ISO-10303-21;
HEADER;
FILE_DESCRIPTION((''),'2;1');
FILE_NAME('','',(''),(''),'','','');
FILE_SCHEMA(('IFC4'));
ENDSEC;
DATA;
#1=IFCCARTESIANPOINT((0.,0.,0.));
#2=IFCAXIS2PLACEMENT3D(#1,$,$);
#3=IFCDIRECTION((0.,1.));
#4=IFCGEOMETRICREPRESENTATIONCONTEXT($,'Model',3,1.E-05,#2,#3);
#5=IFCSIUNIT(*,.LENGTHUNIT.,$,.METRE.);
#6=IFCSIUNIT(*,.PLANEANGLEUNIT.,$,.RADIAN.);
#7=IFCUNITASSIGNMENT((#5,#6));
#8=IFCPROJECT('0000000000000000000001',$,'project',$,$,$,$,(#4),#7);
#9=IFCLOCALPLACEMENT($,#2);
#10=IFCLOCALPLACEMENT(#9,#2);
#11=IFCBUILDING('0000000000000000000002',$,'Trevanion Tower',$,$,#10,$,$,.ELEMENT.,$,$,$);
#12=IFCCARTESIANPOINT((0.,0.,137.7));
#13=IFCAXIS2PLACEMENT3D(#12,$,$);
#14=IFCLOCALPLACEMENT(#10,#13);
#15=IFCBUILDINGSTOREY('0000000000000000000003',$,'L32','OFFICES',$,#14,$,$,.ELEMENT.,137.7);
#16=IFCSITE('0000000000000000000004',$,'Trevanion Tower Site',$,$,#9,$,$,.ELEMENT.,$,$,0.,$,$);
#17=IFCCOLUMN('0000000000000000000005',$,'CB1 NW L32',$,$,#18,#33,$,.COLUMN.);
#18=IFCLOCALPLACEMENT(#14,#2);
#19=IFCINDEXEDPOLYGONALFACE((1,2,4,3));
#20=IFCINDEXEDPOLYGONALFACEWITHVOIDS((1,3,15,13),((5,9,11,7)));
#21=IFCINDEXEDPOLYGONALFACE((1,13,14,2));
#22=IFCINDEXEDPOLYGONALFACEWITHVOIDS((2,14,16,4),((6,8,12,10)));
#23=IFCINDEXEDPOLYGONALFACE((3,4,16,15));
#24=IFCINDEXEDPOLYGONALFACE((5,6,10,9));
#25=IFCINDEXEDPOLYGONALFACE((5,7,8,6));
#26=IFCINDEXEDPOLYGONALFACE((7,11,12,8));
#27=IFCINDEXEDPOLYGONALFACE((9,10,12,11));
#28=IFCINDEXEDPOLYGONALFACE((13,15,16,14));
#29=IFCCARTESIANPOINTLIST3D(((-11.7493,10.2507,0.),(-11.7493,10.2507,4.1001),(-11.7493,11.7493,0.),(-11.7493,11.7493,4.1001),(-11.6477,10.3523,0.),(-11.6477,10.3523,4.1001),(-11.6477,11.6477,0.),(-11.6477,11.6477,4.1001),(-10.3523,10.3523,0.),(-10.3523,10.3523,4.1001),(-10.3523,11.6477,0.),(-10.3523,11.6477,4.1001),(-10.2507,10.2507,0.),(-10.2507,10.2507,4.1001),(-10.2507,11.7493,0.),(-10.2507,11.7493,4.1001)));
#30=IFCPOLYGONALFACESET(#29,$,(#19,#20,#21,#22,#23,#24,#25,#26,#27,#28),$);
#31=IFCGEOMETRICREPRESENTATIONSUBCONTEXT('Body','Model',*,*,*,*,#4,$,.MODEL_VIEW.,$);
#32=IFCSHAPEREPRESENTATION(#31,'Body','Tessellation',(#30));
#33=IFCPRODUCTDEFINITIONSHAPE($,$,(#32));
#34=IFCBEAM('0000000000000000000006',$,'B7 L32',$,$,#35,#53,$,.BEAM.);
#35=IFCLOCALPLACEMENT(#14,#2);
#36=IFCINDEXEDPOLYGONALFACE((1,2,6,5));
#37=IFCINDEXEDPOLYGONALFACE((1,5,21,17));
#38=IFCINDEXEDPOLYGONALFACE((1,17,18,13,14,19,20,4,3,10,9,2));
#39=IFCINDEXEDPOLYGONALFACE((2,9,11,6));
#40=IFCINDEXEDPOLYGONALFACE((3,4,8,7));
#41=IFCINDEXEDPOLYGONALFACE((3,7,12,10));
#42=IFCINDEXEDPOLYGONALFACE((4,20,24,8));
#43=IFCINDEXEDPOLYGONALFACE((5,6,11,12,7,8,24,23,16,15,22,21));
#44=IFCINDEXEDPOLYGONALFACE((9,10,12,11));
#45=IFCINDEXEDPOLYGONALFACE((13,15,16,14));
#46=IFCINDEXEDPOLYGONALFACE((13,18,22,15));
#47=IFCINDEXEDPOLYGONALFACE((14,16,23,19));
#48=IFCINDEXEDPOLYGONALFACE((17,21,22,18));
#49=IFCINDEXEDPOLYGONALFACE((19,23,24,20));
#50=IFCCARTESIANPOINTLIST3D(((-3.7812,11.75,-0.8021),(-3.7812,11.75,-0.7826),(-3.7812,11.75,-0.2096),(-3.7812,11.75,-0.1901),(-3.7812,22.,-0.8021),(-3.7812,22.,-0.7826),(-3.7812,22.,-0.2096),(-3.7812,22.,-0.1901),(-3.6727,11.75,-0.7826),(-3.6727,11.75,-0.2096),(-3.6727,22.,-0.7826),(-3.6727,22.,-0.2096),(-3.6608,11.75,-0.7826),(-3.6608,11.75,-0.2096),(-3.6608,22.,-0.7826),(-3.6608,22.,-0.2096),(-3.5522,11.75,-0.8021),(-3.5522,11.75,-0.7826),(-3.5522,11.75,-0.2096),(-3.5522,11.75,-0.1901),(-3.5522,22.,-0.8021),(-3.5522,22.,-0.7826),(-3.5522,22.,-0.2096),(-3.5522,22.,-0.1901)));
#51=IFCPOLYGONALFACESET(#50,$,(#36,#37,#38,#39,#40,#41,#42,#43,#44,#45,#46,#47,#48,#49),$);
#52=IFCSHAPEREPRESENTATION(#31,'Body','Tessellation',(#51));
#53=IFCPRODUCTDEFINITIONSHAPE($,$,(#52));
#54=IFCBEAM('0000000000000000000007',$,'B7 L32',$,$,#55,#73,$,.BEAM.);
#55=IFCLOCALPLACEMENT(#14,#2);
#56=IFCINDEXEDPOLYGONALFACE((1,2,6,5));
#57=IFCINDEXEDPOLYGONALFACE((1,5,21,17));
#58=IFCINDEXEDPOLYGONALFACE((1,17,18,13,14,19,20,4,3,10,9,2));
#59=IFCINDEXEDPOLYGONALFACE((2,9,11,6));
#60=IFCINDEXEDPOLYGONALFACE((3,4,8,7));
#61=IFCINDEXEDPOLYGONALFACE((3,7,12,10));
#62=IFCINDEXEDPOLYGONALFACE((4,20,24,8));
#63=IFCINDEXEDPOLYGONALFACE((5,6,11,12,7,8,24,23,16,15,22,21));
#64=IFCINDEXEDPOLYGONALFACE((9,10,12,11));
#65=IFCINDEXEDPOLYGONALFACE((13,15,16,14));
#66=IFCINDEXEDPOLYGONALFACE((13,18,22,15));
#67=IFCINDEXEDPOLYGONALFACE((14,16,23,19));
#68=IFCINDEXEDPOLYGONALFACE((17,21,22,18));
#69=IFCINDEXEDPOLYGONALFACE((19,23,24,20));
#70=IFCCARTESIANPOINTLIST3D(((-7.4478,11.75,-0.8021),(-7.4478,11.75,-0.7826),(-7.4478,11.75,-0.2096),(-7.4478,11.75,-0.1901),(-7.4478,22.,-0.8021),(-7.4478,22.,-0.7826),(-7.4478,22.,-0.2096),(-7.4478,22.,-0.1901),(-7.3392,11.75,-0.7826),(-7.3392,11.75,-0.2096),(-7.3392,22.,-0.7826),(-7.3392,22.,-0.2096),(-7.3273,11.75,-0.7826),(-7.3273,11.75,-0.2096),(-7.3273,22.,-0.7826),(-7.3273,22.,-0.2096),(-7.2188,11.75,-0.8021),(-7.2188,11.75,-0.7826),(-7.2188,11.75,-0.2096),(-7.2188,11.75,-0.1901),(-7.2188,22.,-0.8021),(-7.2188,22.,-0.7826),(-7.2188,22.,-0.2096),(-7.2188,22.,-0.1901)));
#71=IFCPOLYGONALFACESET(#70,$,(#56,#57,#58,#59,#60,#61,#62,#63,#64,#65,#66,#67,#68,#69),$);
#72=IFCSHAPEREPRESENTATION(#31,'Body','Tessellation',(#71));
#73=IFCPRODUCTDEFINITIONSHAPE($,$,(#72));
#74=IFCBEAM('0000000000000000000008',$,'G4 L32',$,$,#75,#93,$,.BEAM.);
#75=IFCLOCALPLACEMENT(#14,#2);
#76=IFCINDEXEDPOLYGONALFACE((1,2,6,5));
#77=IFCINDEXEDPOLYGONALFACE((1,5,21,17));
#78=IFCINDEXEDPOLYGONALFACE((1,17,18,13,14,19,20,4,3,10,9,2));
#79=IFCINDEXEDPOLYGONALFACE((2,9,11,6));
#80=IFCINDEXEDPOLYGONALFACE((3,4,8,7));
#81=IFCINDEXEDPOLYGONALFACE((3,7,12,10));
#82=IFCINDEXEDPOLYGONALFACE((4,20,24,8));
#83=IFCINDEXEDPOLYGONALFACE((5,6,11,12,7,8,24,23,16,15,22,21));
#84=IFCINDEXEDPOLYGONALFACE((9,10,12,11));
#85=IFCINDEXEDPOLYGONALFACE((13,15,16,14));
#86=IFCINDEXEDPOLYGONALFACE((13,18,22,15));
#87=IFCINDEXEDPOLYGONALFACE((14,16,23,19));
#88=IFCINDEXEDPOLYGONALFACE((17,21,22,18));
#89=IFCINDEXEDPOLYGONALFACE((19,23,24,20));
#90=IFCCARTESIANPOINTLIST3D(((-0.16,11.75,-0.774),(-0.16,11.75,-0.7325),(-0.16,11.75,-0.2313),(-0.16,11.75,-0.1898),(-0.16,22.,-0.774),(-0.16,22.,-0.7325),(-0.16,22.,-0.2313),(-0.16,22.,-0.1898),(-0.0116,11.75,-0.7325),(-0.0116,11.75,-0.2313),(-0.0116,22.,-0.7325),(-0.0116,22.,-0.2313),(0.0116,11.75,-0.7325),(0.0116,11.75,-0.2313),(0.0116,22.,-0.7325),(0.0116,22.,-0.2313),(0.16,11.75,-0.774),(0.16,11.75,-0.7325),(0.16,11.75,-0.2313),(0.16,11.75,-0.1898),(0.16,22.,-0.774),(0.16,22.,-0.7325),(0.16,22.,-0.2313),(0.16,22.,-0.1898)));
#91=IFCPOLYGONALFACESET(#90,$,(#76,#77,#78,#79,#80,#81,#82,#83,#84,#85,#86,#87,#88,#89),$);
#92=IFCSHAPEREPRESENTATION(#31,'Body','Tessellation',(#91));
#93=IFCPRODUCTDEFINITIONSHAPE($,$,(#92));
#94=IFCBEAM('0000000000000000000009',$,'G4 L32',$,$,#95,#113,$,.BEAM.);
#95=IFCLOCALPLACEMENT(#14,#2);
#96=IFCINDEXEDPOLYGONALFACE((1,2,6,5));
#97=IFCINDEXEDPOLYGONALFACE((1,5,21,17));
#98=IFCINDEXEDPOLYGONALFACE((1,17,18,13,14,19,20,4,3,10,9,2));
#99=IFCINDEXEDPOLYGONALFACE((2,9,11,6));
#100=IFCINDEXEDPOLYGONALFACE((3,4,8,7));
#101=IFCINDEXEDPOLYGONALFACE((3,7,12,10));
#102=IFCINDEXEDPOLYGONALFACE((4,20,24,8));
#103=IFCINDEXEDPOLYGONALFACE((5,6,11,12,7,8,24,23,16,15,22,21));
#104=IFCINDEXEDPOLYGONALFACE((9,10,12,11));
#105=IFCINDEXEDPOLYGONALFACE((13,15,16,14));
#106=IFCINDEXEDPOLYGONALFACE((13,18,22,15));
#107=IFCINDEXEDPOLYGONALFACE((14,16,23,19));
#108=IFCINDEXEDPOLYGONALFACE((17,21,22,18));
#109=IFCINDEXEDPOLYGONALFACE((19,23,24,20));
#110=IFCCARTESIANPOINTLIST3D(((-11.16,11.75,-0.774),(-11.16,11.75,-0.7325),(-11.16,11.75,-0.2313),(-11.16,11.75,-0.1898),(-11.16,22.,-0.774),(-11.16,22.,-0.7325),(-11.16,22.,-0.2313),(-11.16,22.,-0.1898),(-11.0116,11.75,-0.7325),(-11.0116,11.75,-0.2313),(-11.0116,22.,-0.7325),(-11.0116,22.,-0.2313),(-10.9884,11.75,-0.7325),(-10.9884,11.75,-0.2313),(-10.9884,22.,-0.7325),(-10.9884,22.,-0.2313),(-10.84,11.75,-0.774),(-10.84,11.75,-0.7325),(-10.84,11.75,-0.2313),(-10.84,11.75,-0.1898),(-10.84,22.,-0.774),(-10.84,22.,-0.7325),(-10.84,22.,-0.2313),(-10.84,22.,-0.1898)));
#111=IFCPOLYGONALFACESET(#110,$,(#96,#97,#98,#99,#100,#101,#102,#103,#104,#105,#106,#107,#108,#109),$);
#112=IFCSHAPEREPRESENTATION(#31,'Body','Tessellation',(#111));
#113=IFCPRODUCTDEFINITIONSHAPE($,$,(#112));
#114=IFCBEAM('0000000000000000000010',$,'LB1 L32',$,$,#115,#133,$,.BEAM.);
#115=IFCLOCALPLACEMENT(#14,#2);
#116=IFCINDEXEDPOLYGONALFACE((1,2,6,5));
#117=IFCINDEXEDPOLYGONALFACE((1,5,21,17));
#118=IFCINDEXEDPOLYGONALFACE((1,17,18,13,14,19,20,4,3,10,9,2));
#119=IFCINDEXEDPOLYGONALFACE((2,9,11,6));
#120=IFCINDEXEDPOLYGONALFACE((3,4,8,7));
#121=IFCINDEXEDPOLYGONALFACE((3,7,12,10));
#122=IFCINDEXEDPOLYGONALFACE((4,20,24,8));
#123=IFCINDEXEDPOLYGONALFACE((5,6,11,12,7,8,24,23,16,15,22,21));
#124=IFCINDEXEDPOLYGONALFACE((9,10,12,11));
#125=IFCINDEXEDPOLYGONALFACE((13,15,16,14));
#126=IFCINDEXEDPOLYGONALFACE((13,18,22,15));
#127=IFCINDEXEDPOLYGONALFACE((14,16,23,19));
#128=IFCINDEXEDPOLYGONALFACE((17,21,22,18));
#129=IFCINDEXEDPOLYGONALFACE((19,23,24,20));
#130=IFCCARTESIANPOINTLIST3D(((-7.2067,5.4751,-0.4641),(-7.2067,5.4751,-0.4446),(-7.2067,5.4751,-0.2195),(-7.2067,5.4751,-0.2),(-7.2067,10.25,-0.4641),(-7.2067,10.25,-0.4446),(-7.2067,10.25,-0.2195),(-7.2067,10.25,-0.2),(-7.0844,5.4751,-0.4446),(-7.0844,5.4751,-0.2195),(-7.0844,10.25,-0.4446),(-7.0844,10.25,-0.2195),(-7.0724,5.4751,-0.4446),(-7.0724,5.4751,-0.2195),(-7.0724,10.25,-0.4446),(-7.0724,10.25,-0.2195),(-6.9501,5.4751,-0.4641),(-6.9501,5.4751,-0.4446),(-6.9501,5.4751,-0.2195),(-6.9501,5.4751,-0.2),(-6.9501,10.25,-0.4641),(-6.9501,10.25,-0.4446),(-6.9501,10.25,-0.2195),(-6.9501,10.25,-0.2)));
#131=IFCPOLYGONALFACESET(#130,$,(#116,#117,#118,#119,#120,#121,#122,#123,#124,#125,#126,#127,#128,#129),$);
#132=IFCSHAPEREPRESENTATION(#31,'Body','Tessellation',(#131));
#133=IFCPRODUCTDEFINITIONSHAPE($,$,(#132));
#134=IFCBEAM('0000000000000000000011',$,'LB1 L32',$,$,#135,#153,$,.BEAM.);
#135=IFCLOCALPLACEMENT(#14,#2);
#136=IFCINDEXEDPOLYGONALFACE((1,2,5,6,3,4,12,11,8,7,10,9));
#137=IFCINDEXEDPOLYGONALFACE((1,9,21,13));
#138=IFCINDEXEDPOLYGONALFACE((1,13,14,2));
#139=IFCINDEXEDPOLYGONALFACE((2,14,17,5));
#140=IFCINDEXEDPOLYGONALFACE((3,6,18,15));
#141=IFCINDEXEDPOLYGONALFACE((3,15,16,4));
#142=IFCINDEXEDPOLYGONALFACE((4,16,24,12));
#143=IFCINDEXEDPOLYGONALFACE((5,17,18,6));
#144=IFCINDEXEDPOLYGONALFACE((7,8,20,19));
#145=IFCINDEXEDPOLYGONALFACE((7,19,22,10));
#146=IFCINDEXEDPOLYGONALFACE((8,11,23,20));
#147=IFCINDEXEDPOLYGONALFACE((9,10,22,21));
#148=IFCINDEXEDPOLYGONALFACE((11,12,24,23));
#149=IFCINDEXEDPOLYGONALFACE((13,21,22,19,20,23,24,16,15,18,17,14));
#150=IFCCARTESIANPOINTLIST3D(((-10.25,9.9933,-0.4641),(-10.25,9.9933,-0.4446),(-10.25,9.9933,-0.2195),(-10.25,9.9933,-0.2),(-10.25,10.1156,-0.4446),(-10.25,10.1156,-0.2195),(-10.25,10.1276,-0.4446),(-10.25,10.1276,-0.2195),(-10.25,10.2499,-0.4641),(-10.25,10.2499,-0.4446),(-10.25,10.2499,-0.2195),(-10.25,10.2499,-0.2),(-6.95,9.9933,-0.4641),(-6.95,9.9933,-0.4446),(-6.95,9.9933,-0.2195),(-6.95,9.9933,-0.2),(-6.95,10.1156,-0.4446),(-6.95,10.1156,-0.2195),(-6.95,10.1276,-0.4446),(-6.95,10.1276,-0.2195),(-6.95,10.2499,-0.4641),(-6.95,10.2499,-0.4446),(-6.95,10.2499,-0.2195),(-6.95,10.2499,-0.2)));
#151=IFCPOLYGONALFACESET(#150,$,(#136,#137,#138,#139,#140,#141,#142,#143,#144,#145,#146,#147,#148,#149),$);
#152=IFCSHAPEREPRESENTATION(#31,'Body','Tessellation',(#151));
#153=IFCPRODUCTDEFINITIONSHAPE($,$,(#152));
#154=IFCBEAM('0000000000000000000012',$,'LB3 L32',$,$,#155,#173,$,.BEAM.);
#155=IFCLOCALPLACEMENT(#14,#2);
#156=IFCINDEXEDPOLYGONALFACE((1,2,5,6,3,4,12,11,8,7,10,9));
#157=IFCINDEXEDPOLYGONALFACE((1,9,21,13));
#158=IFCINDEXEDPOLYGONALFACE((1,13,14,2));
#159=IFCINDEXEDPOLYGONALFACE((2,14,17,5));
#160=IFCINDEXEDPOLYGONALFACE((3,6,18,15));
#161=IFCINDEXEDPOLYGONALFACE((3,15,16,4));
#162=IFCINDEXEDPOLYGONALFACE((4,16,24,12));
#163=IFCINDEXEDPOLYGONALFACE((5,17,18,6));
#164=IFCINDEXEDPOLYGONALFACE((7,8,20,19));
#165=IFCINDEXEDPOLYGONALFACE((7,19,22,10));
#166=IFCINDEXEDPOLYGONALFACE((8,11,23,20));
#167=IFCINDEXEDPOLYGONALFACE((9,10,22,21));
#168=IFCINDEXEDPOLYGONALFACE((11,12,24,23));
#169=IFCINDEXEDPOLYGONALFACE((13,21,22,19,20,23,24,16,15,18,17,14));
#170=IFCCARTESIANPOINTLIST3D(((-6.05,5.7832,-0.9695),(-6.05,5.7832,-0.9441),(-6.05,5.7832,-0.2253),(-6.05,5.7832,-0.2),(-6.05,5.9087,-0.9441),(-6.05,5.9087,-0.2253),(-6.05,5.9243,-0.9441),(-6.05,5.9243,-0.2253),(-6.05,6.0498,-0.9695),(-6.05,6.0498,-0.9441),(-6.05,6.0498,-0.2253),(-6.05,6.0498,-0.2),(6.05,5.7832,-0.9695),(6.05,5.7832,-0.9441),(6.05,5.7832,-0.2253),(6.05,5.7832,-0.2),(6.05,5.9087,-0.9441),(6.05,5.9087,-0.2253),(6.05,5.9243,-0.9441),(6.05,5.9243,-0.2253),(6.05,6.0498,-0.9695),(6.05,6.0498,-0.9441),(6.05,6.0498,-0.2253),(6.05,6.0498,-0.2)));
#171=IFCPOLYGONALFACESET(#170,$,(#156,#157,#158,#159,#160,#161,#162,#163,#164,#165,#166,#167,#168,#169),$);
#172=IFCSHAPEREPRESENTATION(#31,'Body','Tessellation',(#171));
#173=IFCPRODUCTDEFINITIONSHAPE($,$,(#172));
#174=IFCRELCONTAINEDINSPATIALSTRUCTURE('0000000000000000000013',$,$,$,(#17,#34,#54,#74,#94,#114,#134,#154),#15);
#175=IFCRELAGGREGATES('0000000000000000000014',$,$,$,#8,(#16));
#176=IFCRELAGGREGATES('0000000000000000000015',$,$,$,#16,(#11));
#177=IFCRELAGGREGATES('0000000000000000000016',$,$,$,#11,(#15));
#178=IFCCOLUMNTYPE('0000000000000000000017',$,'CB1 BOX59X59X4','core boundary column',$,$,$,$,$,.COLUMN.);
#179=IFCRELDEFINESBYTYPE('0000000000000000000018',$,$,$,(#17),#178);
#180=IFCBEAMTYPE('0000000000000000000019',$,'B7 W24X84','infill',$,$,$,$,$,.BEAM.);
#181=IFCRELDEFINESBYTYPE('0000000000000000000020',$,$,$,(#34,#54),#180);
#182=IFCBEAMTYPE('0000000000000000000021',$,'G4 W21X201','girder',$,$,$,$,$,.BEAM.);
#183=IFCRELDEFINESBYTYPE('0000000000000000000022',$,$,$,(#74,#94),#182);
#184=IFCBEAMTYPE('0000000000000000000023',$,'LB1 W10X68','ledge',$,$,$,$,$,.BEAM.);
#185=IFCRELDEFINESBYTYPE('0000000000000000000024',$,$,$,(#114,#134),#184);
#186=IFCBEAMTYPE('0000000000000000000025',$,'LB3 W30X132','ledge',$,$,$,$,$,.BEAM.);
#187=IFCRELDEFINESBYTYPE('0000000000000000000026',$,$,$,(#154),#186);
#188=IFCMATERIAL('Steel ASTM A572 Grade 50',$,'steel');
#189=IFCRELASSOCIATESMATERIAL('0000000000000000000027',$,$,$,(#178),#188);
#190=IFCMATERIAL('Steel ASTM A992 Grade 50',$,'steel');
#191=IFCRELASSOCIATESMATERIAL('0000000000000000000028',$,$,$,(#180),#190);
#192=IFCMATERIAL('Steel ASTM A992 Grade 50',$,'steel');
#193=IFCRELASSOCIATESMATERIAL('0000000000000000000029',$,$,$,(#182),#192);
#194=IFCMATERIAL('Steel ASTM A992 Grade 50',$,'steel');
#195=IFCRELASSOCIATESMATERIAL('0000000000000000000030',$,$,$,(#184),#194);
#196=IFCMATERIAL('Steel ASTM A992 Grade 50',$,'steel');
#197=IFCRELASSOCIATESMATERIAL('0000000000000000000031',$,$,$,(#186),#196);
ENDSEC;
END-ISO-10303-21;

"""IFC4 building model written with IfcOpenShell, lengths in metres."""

from ifc_helpers import new_model, si_unit, direction, frame, origin, origin_2d, place, context, subcontext, project, spatial, hollow_rectangle, i_section, extrude, material, material_profile, profile_set, type_object, element, save


model = new_model("IFC4")

# Units and contexts
model_context = context("Model", 3, precision=1e-05, world=origin(), true_north=direction((0.0, 1.0)))
body_context = subcontext(model_context, "Body", "Model", "MODEL_VIEW")
ifc_project = project(units=[si_unit("LENGTHUNIT", "METRE"), si_unit("PLANEANGLEUNIT", "RADIAN")], contexts=[model_context])

# Site, building, storey
site_placement = place(None, origin())
site = spatial("IfcSite", under=ifc_project, at=site_placement, Name="Trevanion Tower Site", CompositionType="ELEMENT", RefElevation=0.0)
building_placement = place(site_placement, origin())
building = spatial("IfcBuilding", under=site, at=building_placement, Name="Trevanion Tower", CompositionType="ELEMENT")
storey_placement = place(building_placement, frame((0.0, 0.0, 137.7)))
storey = spatial("IfcBuildingStorey", under=building, at=storey_placement, Name="L32", Description="OFFICES", CompositionType="ELEMENT", Elevation=137.7)

# Column
ifc_material_1 = material(Name="Steel ASTM A572 Grade 50", Category="steel")
ifc_material_profile_1 = material_profile(ifc_material_1, hollow_rectangle(XDim=1.4985, YDim=1.4985, WallThickness=0.1016, at=origin_2d()), Name="BOX59X59X4")
ifc_profile_set_1 = profile_set([ifc_material_profile_1], Name="Steel ASTM A572 Grade 50")
column_type = type_object("IfcColumnType", Name="CB1 BOX59X59X4", Description="core boundary column", PredefinedType="COLUMN", material=ifc_profile_set_1)
column_placement = place(storey_placement, frame((-11.0, 11.0, 0.0), z_axis=(0.0, 0.0, 1.0), x_axis=(1.0, 0.0, 0.0)))
element("IfcColumn", 1, at=column_placement, inside=storey, type_object=column_type, Name="CB1 NW L32", PredefinedType="COLUMN", context=body_context, shape_type="SweptSolid", body=[
    extrude(hollow_rectangle(XDim=1.4985, YDim=1.4985, WallThickness=0.1016, at=origin_2d()), origin(), (0.0, 0.0, 1.0), 4.1001),
])

# Beams
ifc_material_2 = material(Name="Steel ASTM A992 Grade 50", Category="steel")
ifc_material_profile_2 = material_profile(ifc_material_2, i_section(OverallWidth=0.229, OverallDepth=0.6121, WebThickness=0.012, FlangeThickness=0.0195, at=origin_2d()), Name="W24X84")
ifc_profile_set_2 = profile_set([ifc_material_profile_2], Name="Steel ASTM A992 Grade 50")
beam_type_1 = type_object("IfcBeamType", Name="B7 W24X84", Description="infill", PredefinedType="BEAM", material=ifc_profile_set_2)
for number, where, z_axis, x_axis, name in (
    (2, (-3.6667, 11.75, -0.4961), (0.0, 1.0, 0.0), (-1.0, 0.0, 0.0), "B7 L32"),
    (3, (-7.3333, 11.75, -0.4961), (0.0, 1.0, 0.0), (-1.0, 0.0, 0.0), "B7 L32"),
):
    element("IfcBeam", number, at=place(storey_placement, frame(where, z_axis=z_axis, x_axis=x_axis)), inside=storey, type_object=beam_type_1, Name=name, PredefinedType="BEAM", context=body_context, shape_type="SweptSolid", body=[
        extrude(i_section(OverallWidth=0.229, OverallDepth=0.6121, WebThickness=0.012, FlangeThickness=0.0195, at=origin_2d()), origin(), (0.0, 0.0, 1.0), 10.25),
    ])
ifc_material_3 = material(Name="Steel ASTM A992 Grade 50", Category="steel")
ifc_material_profile_3 = material_profile(ifc_material_3, i_section(OverallWidth=0.3201, OverallDepth=0.5842, WebThickness=0.0232, FlangeThickness=0.0415, at=origin_2d()), Name="W21X201")
ifc_profile_set_3 = profile_set([ifc_material_profile_3], Name="Steel ASTM A992 Grade 50")
beam_type_2 = type_object("IfcBeamType", Name="G4 W21X201", Description="girder", PredefinedType="BEAM", material=ifc_profile_set_3)
for number, where, z_axis, x_axis, name in (
    (4, (0.0, 11.75, -0.4819), (0.0, 1.0, 0.0), (-1.0, 0.0, 0.0), "G4 L32"),
    (5, (-11.0, 11.75, -0.4819), (0.0, 1.0, 0.0), (-1.0, 0.0, 0.0), "G4 L32"),
):
    element("IfcBeam", number, at=place(storey_placement, frame(where, z_axis=z_axis, x_axis=x_axis)), inside=storey, type_object=beam_type_2, Name=name, PredefinedType="BEAM", context=body_context, shape_type="SweptSolid", body=[
        extrude(i_section(OverallWidth=0.3201, OverallDepth=0.5842, WebThickness=0.0232, FlangeThickness=0.0415, at=origin_2d()), origin(), (0.0, 0.0, 1.0), 10.25),
    ])
ifc_material_4 = material(Name="Steel ASTM A992 Grade 50", Category="steel")
ifc_material_profile_4 = material_profile(ifc_material_4, i_section(OverallWidth=0.2566, OverallDepth=0.2642, WebThickness=0.012, FlangeThickness=0.0195, at=origin_2d()), Name="W10X68")
ifc_profile_set_4 = profile_set([ifc_material_profile_4], Name="Steel ASTM A992 Grade 50")
beam_type_3 = type_object("IfcBeamType", Name="LB1 W10X68", Description="ledge", PredefinedType="BEAM", material=ifc_profile_set_4)
beam_1_placement = place(storey_placement, frame((-7.0784, 5.4751, -0.332), z_axis=(0.0, 1.0, 0.0), x_axis=(-1.0, 0.0, 0.0)))
element("IfcBeam", 6, at=beam_1_placement, inside=storey, type_object=beam_type_3, Name="LB1 L32", PredefinedType="BEAM", context=body_context, shape_type="SweptSolid", body=[
    extrude(i_section(OverallWidth=0.2566, OverallDepth=0.2642, WebThickness=0.012, FlangeThickness=0.0195, at=origin_2d()), origin(), (0.0, 0.0, 1.0), 4.7749),
])
beam_2_placement = place(storey_placement, frame((-10.25, 10.1216, -0.332), z_axis=(1.0, 0.0, 0.0), x_axis=(0.0, 1.0, 0.0)))
element("IfcBeam", 7, at=beam_2_placement, inside=storey, type_object=beam_type_3, Name="LB1 L32", PredefinedType="BEAM", context=body_context, shape_type="SweptSolid", body=[
    extrude(i_section(OverallWidth=0.2566, OverallDepth=0.2642, WebThickness=0.012, FlangeThickness=0.0195, at=origin_2d()), origin(), (0.0, 0.0, 1.0), 3.3),
])
ifc_material_5 = material(Name="Steel ASTM A992 Grade 50", Category="steel")
ifc_material_profile_5 = material_profile(ifc_material_5, i_section(OverallWidth=0.2666, OverallDepth=0.7695, WebThickness=0.0156, FlangeThickness=0.0254, at=origin_2d()), Name="W30X132")
ifc_profile_set_5 = profile_set([ifc_material_profile_5], Name="Steel ASTM A992 Grade 50")
beam_type_4 = type_object("IfcBeamType", Name="LB3 W30X132", Description="ledge", PredefinedType="BEAM", material=ifc_profile_set_5)
beam_3_placement = place(storey_placement, frame((-6.05, 5.9165, -0.5847), z_axis=(1.0, 0.0, 0.0), x_axis=(0.0, 1.0, 0.0)))
element("IfcBeam", 8, at=beam_3_placement, inside=storey, type_object=beam_type_4, Name="LB3 L32", PredefinedType="BEAM", context=body_context, shape_type="SweptSolid", body=[
    extrude(i_section(OverallWidth=0.2666, OverallDepth=0.7695, WebThickness=0.0156, FlangeThickness=0.0254, at=origin_2d()), origin(), (0.0, 0.0, 1.0), 12.1001),
])

save(model, "model.ifc")
